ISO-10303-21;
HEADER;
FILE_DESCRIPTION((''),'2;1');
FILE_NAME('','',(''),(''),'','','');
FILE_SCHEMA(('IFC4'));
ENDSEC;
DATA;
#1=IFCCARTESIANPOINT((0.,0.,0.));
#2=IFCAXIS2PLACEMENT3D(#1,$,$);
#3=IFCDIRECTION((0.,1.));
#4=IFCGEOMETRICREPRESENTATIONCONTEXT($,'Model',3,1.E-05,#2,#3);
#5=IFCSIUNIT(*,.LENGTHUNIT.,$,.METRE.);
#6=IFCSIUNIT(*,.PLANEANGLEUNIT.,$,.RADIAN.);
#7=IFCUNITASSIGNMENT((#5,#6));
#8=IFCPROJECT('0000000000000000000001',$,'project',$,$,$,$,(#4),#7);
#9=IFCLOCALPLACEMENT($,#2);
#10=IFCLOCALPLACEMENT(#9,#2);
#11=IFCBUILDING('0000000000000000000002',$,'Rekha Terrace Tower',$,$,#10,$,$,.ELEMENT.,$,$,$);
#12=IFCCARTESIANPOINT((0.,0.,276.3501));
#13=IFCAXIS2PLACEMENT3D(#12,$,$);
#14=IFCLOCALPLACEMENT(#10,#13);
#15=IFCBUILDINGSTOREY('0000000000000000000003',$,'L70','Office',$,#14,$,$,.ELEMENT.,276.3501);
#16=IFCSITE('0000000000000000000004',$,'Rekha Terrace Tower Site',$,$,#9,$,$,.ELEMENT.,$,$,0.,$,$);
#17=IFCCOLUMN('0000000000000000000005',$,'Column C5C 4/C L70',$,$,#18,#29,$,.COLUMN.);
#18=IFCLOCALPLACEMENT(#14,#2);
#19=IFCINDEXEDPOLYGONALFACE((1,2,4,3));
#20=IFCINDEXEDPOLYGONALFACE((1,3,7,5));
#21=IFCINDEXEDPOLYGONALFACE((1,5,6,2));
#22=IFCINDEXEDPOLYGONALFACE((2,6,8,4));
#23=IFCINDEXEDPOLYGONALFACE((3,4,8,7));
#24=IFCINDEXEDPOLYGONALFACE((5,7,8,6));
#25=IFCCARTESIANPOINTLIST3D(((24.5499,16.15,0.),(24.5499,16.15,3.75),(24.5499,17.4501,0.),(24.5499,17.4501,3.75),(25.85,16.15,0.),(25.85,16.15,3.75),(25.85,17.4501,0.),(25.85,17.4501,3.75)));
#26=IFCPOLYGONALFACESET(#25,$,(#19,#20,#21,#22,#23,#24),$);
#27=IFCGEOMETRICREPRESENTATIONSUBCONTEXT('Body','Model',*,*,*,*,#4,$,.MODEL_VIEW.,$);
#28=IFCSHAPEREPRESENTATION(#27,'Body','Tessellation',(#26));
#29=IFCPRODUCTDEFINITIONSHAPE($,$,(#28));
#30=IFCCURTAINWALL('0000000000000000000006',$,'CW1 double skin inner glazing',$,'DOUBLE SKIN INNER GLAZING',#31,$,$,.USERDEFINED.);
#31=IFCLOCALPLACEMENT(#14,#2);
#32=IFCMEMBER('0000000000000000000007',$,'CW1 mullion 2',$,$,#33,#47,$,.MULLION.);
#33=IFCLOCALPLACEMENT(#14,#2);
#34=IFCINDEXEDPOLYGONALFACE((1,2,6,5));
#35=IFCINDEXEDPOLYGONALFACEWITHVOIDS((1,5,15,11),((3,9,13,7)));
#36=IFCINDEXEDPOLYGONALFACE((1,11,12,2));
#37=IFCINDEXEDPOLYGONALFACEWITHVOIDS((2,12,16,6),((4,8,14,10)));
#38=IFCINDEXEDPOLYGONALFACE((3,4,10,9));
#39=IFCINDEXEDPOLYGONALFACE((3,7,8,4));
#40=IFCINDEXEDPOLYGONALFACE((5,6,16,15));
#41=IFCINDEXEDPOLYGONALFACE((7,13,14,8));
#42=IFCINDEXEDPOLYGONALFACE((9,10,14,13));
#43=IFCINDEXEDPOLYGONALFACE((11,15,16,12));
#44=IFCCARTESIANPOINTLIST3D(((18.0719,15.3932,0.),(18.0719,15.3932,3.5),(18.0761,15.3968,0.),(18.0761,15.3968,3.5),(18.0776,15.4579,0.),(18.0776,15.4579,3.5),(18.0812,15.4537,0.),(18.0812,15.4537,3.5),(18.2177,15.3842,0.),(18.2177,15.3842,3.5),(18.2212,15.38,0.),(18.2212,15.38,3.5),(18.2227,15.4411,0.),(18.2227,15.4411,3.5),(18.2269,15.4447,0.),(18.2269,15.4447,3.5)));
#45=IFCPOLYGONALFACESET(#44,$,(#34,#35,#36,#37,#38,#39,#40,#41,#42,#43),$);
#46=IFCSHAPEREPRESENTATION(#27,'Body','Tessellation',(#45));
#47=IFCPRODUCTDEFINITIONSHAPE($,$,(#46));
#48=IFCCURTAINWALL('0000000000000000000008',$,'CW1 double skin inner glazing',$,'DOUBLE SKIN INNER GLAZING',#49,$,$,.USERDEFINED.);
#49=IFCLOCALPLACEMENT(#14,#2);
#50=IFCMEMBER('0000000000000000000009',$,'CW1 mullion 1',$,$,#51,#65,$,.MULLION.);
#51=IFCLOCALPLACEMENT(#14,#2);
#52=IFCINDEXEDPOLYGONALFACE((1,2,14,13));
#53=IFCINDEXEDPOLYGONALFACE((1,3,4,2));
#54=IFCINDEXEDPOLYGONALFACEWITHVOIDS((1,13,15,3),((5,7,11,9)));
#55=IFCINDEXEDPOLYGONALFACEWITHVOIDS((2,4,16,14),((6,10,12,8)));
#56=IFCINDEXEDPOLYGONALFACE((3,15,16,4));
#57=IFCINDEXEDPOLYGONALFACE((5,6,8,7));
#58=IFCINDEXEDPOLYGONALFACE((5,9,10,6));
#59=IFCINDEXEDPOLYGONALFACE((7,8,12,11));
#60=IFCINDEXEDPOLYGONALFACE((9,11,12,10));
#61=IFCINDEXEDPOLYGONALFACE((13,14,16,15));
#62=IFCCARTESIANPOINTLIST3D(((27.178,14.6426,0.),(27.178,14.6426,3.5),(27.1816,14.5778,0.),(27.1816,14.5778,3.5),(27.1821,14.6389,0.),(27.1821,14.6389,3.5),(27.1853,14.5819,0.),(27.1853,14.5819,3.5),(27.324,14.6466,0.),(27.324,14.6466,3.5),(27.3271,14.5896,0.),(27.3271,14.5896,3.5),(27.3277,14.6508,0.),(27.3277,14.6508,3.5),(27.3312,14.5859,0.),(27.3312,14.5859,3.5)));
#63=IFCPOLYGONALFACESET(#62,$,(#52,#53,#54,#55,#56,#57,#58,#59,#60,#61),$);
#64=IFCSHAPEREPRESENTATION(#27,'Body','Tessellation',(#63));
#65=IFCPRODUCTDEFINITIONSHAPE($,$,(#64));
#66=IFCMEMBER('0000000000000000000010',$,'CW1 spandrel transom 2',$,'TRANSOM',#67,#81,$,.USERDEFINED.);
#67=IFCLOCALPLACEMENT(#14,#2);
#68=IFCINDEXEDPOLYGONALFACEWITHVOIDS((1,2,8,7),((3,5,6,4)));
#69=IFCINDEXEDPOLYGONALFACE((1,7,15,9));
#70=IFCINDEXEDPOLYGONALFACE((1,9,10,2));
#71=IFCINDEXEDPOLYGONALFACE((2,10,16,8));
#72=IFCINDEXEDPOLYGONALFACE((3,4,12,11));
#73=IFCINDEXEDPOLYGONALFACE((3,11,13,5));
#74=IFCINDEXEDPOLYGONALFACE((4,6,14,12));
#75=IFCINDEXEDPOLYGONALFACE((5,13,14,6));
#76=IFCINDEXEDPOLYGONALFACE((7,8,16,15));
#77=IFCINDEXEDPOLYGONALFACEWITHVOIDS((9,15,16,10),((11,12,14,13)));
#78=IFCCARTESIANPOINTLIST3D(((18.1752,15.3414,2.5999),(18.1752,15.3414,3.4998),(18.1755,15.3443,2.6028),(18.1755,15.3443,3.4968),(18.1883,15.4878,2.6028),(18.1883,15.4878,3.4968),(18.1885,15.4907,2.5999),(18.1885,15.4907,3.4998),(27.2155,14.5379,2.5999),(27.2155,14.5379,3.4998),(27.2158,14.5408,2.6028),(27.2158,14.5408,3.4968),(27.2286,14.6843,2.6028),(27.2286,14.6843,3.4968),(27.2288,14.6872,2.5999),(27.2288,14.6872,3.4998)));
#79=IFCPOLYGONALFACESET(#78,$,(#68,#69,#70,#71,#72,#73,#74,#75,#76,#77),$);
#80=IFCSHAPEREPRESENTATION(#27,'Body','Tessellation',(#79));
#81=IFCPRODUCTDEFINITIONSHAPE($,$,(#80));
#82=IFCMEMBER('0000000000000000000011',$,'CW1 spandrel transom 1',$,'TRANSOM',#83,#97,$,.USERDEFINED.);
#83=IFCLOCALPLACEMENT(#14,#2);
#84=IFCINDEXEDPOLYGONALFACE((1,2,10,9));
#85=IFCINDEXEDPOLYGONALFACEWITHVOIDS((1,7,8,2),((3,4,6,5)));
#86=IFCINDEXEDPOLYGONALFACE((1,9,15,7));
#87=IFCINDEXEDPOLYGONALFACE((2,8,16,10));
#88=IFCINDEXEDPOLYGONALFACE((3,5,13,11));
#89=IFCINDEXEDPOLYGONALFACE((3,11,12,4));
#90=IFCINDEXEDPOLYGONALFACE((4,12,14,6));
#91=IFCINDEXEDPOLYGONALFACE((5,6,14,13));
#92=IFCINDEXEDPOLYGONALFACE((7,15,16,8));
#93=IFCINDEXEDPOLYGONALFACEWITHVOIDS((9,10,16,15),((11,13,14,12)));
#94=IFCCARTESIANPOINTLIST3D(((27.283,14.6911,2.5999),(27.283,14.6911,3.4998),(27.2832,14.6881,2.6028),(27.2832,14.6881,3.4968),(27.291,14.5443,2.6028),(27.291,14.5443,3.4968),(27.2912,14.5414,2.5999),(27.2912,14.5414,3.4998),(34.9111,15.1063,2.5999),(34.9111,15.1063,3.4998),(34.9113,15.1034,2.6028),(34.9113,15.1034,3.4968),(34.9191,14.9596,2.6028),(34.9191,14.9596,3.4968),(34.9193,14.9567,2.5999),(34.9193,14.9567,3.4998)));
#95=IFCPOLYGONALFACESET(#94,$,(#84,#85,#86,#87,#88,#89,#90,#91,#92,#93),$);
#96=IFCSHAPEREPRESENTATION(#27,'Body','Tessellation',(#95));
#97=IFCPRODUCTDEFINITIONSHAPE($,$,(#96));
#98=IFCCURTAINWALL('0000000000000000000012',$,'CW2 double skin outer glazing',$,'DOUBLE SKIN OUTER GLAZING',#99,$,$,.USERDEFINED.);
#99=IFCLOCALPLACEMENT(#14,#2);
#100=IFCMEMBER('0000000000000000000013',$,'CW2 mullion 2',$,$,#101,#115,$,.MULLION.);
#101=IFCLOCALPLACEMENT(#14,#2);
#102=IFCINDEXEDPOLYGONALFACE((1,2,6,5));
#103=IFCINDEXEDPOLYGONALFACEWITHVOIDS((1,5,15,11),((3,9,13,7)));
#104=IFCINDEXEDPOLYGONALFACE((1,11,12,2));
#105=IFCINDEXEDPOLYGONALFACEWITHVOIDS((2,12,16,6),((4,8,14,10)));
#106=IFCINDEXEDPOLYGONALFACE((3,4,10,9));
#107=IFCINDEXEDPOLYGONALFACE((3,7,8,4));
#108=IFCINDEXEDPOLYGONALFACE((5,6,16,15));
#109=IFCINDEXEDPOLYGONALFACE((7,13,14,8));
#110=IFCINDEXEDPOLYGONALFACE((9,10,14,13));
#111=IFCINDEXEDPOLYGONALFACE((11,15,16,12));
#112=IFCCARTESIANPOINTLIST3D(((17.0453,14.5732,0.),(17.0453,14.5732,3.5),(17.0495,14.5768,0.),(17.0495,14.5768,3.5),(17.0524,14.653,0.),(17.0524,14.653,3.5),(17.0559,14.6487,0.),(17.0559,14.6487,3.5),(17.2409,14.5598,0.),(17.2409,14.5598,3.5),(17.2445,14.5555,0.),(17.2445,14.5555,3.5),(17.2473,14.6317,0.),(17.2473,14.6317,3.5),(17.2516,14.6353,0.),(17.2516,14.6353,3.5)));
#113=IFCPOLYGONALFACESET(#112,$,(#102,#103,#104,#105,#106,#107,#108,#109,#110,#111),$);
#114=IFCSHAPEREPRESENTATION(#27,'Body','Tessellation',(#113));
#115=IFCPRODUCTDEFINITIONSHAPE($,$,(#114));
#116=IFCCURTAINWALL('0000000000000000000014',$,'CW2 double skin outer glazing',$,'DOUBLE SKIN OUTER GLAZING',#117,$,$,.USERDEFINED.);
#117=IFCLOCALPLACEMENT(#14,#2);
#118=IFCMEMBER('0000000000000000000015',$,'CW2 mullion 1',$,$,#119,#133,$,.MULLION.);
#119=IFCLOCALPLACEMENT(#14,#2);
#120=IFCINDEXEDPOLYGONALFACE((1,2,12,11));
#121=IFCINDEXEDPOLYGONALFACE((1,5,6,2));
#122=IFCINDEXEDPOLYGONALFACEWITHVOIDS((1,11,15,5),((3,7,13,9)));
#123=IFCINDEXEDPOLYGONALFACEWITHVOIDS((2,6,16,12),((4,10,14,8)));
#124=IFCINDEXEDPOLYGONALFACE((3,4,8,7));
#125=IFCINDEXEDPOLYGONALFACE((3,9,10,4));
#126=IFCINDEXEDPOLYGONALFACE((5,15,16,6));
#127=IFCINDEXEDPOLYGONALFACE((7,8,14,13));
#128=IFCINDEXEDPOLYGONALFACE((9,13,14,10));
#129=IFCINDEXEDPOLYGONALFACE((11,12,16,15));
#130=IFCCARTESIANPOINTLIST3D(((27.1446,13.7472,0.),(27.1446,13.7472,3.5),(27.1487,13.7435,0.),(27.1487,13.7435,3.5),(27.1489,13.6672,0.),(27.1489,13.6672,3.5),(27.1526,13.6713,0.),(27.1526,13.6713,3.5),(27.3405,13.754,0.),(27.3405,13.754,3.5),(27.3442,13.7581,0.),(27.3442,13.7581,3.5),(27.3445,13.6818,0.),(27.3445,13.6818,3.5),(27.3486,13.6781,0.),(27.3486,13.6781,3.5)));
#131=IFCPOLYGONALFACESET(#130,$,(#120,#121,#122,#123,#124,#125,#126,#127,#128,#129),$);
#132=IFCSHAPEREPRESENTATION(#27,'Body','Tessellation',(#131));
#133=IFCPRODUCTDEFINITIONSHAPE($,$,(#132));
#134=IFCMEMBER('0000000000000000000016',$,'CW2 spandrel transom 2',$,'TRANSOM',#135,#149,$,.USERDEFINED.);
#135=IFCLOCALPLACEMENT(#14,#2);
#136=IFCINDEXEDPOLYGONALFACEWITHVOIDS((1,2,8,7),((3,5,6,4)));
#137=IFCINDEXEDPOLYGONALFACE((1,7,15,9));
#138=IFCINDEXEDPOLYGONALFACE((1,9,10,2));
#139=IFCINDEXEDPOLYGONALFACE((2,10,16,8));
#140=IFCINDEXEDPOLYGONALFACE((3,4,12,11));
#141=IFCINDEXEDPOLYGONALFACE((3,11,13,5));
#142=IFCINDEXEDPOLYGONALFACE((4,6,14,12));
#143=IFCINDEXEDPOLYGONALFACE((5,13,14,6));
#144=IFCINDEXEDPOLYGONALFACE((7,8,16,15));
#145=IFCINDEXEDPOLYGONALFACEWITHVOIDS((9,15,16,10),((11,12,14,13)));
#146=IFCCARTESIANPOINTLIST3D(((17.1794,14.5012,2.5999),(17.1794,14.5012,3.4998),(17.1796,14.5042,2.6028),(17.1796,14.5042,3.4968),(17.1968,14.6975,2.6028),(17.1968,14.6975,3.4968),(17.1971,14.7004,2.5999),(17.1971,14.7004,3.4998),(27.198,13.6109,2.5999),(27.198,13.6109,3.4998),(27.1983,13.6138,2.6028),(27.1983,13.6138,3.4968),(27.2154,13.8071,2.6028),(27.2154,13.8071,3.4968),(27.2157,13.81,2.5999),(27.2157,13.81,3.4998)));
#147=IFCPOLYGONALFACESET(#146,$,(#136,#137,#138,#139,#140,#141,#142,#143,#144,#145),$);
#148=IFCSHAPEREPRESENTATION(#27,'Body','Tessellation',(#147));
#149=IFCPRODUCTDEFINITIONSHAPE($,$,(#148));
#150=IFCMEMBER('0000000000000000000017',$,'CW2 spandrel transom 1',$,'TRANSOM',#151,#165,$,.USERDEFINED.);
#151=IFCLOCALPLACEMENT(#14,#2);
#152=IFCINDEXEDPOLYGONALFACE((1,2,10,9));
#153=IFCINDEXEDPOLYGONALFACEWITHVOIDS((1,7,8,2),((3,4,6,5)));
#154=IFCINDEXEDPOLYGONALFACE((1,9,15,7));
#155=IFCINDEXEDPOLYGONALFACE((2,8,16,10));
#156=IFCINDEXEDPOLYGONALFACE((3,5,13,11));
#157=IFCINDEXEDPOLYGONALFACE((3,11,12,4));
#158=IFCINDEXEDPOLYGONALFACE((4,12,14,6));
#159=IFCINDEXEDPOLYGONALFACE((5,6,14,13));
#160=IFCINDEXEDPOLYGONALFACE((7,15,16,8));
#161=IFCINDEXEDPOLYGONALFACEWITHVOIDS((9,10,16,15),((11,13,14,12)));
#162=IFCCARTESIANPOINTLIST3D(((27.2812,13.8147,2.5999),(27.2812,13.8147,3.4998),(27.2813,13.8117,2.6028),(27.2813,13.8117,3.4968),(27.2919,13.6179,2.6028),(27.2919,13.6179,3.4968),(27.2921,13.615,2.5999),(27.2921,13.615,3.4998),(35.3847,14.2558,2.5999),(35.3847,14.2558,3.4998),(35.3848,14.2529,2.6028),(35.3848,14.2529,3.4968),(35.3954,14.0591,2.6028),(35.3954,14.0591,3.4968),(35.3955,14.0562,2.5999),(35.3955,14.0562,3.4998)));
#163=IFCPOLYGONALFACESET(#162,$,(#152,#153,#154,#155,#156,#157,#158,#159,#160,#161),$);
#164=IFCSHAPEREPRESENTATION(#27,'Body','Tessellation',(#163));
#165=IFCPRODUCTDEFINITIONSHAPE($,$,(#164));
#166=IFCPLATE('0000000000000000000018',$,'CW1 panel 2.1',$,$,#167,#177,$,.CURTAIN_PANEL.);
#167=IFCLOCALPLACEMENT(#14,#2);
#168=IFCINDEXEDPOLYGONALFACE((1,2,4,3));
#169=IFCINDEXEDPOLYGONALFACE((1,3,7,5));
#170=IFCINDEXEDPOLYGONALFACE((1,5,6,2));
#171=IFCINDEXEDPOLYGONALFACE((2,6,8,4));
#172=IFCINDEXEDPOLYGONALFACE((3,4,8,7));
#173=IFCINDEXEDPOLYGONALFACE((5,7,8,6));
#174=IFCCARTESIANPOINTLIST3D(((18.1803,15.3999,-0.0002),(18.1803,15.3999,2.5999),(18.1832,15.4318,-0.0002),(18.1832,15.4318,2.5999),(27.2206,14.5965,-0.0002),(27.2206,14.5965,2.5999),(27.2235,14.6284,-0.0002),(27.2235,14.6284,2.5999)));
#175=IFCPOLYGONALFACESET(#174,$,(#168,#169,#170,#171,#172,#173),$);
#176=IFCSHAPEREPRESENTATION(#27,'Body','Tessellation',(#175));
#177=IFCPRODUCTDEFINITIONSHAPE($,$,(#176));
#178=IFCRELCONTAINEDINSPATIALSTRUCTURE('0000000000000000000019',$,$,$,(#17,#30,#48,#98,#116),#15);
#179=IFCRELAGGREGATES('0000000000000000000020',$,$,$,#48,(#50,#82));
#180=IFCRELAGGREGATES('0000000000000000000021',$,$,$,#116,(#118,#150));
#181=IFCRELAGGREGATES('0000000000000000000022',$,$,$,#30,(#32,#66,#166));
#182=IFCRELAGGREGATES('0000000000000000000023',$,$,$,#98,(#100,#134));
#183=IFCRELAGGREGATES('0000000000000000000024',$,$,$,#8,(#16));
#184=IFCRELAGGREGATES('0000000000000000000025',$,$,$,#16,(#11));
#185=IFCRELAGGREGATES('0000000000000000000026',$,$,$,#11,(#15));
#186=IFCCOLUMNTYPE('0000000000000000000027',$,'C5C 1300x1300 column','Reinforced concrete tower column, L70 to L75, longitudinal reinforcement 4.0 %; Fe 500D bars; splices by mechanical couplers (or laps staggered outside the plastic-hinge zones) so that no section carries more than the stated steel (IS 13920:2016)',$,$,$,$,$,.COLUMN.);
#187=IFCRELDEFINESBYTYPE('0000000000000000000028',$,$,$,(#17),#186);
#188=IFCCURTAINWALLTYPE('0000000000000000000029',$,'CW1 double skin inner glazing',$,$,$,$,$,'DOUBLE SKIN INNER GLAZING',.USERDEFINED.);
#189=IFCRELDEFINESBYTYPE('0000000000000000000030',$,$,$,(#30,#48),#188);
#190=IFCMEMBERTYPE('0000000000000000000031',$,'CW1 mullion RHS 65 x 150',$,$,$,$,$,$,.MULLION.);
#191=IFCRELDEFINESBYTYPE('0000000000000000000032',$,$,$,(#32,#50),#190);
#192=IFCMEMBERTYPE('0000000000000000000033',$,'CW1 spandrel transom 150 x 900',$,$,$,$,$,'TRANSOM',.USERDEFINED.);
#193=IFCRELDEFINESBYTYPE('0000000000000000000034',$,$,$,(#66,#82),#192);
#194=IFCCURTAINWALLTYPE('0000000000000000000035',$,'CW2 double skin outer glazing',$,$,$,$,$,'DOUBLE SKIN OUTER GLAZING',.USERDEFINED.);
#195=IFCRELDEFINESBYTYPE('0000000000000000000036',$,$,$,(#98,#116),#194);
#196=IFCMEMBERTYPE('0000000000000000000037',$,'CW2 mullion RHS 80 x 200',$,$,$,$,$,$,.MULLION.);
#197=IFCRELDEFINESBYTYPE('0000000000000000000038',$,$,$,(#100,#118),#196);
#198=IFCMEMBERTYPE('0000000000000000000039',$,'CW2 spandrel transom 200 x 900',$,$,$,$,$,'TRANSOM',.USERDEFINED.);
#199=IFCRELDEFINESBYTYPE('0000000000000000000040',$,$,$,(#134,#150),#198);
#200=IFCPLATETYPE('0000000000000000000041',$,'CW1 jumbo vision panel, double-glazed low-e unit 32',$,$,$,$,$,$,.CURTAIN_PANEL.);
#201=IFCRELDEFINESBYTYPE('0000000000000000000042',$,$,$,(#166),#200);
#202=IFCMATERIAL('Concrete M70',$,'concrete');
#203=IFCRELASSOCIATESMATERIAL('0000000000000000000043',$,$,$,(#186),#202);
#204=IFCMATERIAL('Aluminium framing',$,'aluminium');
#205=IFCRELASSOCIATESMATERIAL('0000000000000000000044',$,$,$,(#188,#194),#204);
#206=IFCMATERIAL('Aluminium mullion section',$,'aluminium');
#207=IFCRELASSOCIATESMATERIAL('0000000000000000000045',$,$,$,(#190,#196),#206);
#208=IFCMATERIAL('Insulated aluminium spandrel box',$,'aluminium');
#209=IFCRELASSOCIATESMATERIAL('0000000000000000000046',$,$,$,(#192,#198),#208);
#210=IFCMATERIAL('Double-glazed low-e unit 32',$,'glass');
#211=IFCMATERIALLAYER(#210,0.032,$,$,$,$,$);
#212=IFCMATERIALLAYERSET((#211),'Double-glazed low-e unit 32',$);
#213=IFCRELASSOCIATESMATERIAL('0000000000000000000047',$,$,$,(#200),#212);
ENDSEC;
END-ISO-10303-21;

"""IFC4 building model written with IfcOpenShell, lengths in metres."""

from ifc_helpers import new_model, si_unit, direction, frame, origin, origin_2d, place, context, subcontext, project, spatial, rectangle, hollow_rectangle, extrude, material, layer, layer_set, material_profile, profile_set, type_object, element, aggregate, save


model = new_model("IFC4")

# Units and contexts
model_context = context("Model", 3, precision=1e-05, world=origin(), true_north=direction((0.0, 1.0)))
body_context = subcontext(model_context, "Body", "Model", "MODEL_VIEW")
ifc_project = project(units=[si_unit("LENGTHUNIT", "METRE"), si_unit("PLANEANGLEUNIT", "RADIAN")], contexts=[model_context])

# Site, building, storey
site_placement = place(None, origin())
site = spatial("IfcSite", under=ifc_project, at=site_placement, Name="Rekha Terrace Tower Site", CompositionType="ELEMENT", RefElevation=0.0)
building_placement = place(site_placement, origin())
building = spatial("IfcBuilding", under=site, at=building_placement, Name="Rekha Terrace Tower", CompositionType="ELEMENT")
storey_placement = place(building_placement, frame((0.0, 0.0, 276.3501)))
storey = spatial("IfcBuildingStorey", under=building, at=storey_placement, Name="L70", Description="Office", CompositionType="ELEMENT", Elevation=276.3501)

# Column
ifc_material_1 = material(Name="Concrete M70", Category="concrete")
ifc_material_profile_1 = material_profile(ifc_material_1, rectangle(XDim=1.3, YDim=1.3, at=origin_2d()), Name="RC 1300x1300")
ifc_profile_set_1 = profile_set([ifc_material_profile_1], Name="Concrete M70")
column_type = type_object("IfcColumnType", Name="C5C 1300x1300 column", Description="Reinforced concrete tower column, L70 to L75, longitudinal reinforcement 4.0 %; Fe 500D bars; splices by mechanical couplers (or laps staggered outside the plastic-hinge zones) so that no section carries more than the stated steel (IS 13920:2016)", PredefinedType="COLUMN", material=ifc_profile_set_1)
column_placement = place(storey_placement, frame((25.2, 16.8, 0.0), z_axis=(0.0, 0.0, 1.0), x_axis=(1.0, 0.0, 0.0)))
element("IfcColumn", 1, at=column_placement, inside=storey, type_object=column_type, Name="Column C5C 4/C L70", PredefinedType="COLUMN", context=body_context, shape_type="SweptSolid", body=[
    extrude(rectangle(XDim=1.3, YDim=1.3, at=origin_2d()), origin(), (0.0, 0.0, 1.0), 3.75),
])

# Curtain walls, members
ifc_material_2 = material(Name="Aluminium framing", Category="aluminium")
curtain_wall_type_1 = type_object("IfcCurtainWallType", Name="CW1 double skin inner glazing", ElementType="DOUBLE SKIN INNER GLAZING", PredefinedType="USERDEFINED", material=ifc_material_2)
curtain_wall_1_placement = place(storey_placement, origin())
curtain_wall_1 = element("IfcCurtainWall", 2, at=curtain_wall_1_placement, inside=storey, type_object=curtain_wall_type_1, Name="CW1 double skin inner glazing", ObjectType="DOUBLE SKIN INNER GLAZING", PredefinedType="USERDEFINED")
ifc_material_3 = material(Name="Aluminium mullion section", Category="aluminium")
ifc_material_profile_2 = material_profile(ifc_material_3, hollow_rectangle(XDim=0.0649, YDim=0.1499, WallThickness=0.0039, at=origin_2d()), Name="AL RHS 65x150")
ifc_profile_set_2 = profile_set([ifc_material_profile_2], Name="Aluminium mullion section")
member_type_1 = type_object("IfcMemberType", Name="CW1 mullion RHS 65 x 150", PredefinedType="MULLION", material=ifc_profile_set_2)
member_1_placement = place(storey_placement, frame((18.1494, 15.4189, 0.0), z_axis=(0.0, 0.0, 1.0), x_axis=(0.088522, 0.996074, 0.0)))
member_1 = element("IfcMember", 3, at=member_1_placement, type_object=member_type_1, Name="CW1 mullion 2", PredefinedType="MULLION", context=body_context, shape_type="SweptSolid", body=[
    extrude(hollow_rectangle(XDim=0.0649, YDim=0.1499, WallThickness=0.0039, at=origin_2d()), origin(), (0.0, 0.0, 1.0), 3.5),
])
curtain_wall_2_placement = place(storey_placement, origin())
curtain_wall_2 = element("IfcCurtainWall", 4, at=curtain_wall_2_placement, inside=storey, type_object=curtain_wall_type_1, Name="CW1 double skin inner glazing", ObjectType="DOUBLE SKIN INNER GLAZING", PredefinedType="USERDEFINED")
member_2_placement = place(storey_placement, frame((27.2546, 14.6143, 0.0), z_axis=(0.0, 0.0, 1.0), x_axis=(-0.054389, 0.99852, 0.0)))
member_2 = element("IfcMember", 5, at=member_2_placement, type_object=member_type_1, Name="CW1 mullion 1", PredefinedType="MULLION", context=body_context, shape_type="SweptSolid", body=[
    extrude(hollow_rectangle(XDim=0.0649, YDim=0.1499, WallThickness=0.0039, at=origin_2d()), origin(), (0.0, 0.0, 1.0), 3.5),
])

# Members
ifc_material_4 = material(Name="Insulated aluminium spandrel box", Category="aluminium")
ifc_material_profile_3 = material_profile(ifc_material_4, hollow_rectangle(XDim=0.1499, YDim=0.8999, WallThickness=0.0029, at=origin_2d()), Name="AL SPANDREL BOX 150x900")
ifc_profile_set_3 = profile_set([ifc_material_profile_3], Name="Insulated aluminium spandrel box")
member_type_2 = type_object("IfcMemberType", Name="CW1 spandrel transom 150 x 900", ElementType="TRANSOM", PredefinedType="USERDEFINED", material=ifc_profile_set_3)
member_3_placement = place(storey_placement, frame((18.1819, 15.416, 3.0498), z_axis=(0.996074, -0.088527, 0.0), x_axis=(0.088527, 0.996074, 0.0)))
member_3 = element("IfcMember", 6, at=member_3_placement, type_object=member_type_2, Name="CW1 spandrel transom 2", ObjectType="TRANSOM", PredefinedType="USERDEFINED", context=body_context, shape_type="SweptSolid", body=[
    extrude(hollow_rectangle(XDim=0.1499, YDim=0.8999, WallThickness=0.0029, at=origin_2d()), origin(), (0.0, 0.0, 1.0), 9.0759),
])
member_4_placement = place(storey_placement, frame((27.2871, 14.6162, 3.0498), z_axis=(0.998521, 0.05436, 0.0), x_axis=(-0.05436, 0.998521, 0.0)))
member_4 = element("IfcMember", 7, at=member_4_placement, type_object=member_type_2, Name="CW1 spandrel transom 1", ObjectType="TRANSOM", PredefinedType="USERDEFINED", context=body_context, shape_type="SweptSolid", body=[
    extrude(hollow_rectangle(XDim=0.1499, YDim=0.8999, WallThickness=0.0029, at=origin_2d()), origin(), (0.0, 0.0, 1.0), 7.6394),
])
aggregate(curtain_wall_2, [member_2, member_4])

# Curtain walls, members
curtain_wall_type_2 = type_object("IfcCurtainWallType", Name="CW2 double skin outer glazing", ElementType="DOUBLE SKIN OUTER GLAZING", PredefinedType="USERDEFINED", material=ifc_material_2)
curtain_wall_3_placement = place(storey_placement, origin())
curtain_wall_3 = element("IfcCurtainWall", 8, at=curtain_wall_3_placement, inside=storey, type_object=curtain_wall_type_2, Name="CW2 double skin outer glazing", ObjectType="DOUBLE SKIN OUTER GLAZING", PredefinedType="USERDEFINED")
ifc_material_profile_4 = material_profile(ifc_material_3, hollow_rectangle(XDim=0.0801, YDim=0.2, WallThickness=0.0039, at=origin_2d()), Name="AL RHS 80x200")
ifc_profile_set_4 = profile_set([ifc_material_profile_4], Name="Aluminium mullion section")
member_type_3 = type_object("IfcMemberType", Name="CW2 mullion RHS 80 x 200", PredefinedType="MULLION", material=ifc_profile_set_4)
member_5_placement = place(storey_placement, frame((17.1484, 14.6042, 0.0), z_axis=(0.0, 0.0, 1.0), x_axis=(0.088522, 0.996074, 0.0)))
member_5 = element("IfcMember", 9, at=member_5_placement, type_object=member_type_3, Name="CW2 mullion 2", PredefinedType="MULLION", context=body_context, shape_type="SweptSolid", body=[
    extrude(hollow_rectangle(XDim=0.0801, YDim=0.2, WallThickness=0.0039, at=origin_2d()), origin(), (0.0, 0.0, 1.0), 3.5),
])
curtain_wall_4_placement = place(storey_placement, origin())
curtain_wall_4 = element("IfcCurtainWall", 10, at=curtain_wall_4_placement, inside=storey, type_object=curtain_wall_type_2, Name="CW2 double skin outer glazing", ObjectType="DOUBLE SKIN OUTER GLAZING", PredefinedType="USERDEFINED")
member_6_placement = place(storey_placement, frame((27.2466, 13.7126, 0.0), z_axis=(0.0, 0.0, 1.0), x_axis=(-0.054389, 0.99852, 0.0)))
member_6 = element("IfcMember", 11, at=member_6_placement, type_object=member_type_3, Name="CW2 mullion 1", PredefinedType="MULLION", context=body_context, shape_type="SweptSolid", body=[
    extrude(hollow_rectangle(XDim=0.0801, YDim=0.2, WallThickness=0.0039, at=origin_2d()), origin(), (0.0, 0.0, 1.0), 3.5),
])

# Members
ifc_material_profile_5 = material_profile(ifc_material_4, hollow_rectangle(XDim=0.2, YDim=0.8999, WallThickness=0.0029, at=origin_2d()), Name="AL SPANDREL BOX 200x900")
ifc_profile_set_5 = profile_set([ifc_material_profile_5], Name="Insulated aluminium spandrel box")
member_type_4 = type_object("IfcMemberType", Name="CW2 spandrel transom 200 x 900", ElementType="TRANSOM", PredefinedType="USERDEFINED", material=ifc_profile_set_5)
member_7_placement = place(storey_placement, frame((17.1882, 14.6008, 3.0498), z_axis=(0.996074, -0.088524, 0.0), x_axis=(0.088524, 0.996074, 0.0)))
member_7 = element("IfcMember", 12, at=member_7_placement, type_object=member_type_4, Name="CW2 spandrel transom 2", ObjectType="TRANSOM", PredefinedType="USERDEFINED", context=body_context, shape_type="SweptSolid", body=[
    extrude(hollow_rectangle(XDim=0.2, YDim=0.8999, WallThickness=0.0029, at=origin_2d()), origin(), (0.0, 0.0, 1.0), 10.0581),
])
member_8_placement = place(storey_placement, frame((27.2866, 13.7148, 3.0498), z_axis=(0.998521, 0.05436, 0.0), x_axis=(-0.05436, 0.998521, 0.0)))
member_8 = element("IfcMember", 13, at=member_8_placement, type_object=member_type_4, Name="CW2 spandrel transom 1", ObjectType="TRANSOM", PredefinedType="USERDEFINED", context=body_context, shape_type="SweptSolid", body=[
    extrude(hollow_rectangle(XDim=0.2, YDim=0.8999, WallThickness=0.0029, at=origin_2d()), origin(), (0.0, 0.0, 1.0), 8.1155),
])
aggregate(curtain_wall_4, [member_6, member_8])

# Plate
ifc_material_5 = material(Name="Double-glazed low-e unit 32", Category="glass")
ifc_layer_1 = layer(ifc_material_5, 0.032)
ifc_layer_set_1 = layer_set([ifc_layer_1], Name="Double-glazed low-e unit 32")
plate_type_1 = type_object("IfcPlateType", Name="CW1 jumbo vision panel, double-glazed low-e unit 32", PredefinedType="CURTAIN_PANEL", material=ifc_layer_set_1)
plate_1_placement = place(storey_placement, frame((22.7019, 15.0142, -0.0002), z_axis=(0.0, 0.0, 1.0), x_axis=(0.996074, -0.088522, 0.0)))
plate_1 = element("IfcPlate", 14, at=plate_1_placement, type_object=plate_type_1, Name="CW1 panel 2.1", PredefinedType="CURTAIN_PANEL", context=body_context, shape_type="SweptSolid", body=[
    extrude(rectangle(XDim=9.0759, YDim=0.032, at=origin_2d()), origin(), (0.0, 0.0, 1.0), 2.6001),
])
aggregate(curtain_wall_1, [member_1, member_3, plate_1])
aggregate(curtain_wall_3, [member_5, member_7])

save(model, "model.ifc")
